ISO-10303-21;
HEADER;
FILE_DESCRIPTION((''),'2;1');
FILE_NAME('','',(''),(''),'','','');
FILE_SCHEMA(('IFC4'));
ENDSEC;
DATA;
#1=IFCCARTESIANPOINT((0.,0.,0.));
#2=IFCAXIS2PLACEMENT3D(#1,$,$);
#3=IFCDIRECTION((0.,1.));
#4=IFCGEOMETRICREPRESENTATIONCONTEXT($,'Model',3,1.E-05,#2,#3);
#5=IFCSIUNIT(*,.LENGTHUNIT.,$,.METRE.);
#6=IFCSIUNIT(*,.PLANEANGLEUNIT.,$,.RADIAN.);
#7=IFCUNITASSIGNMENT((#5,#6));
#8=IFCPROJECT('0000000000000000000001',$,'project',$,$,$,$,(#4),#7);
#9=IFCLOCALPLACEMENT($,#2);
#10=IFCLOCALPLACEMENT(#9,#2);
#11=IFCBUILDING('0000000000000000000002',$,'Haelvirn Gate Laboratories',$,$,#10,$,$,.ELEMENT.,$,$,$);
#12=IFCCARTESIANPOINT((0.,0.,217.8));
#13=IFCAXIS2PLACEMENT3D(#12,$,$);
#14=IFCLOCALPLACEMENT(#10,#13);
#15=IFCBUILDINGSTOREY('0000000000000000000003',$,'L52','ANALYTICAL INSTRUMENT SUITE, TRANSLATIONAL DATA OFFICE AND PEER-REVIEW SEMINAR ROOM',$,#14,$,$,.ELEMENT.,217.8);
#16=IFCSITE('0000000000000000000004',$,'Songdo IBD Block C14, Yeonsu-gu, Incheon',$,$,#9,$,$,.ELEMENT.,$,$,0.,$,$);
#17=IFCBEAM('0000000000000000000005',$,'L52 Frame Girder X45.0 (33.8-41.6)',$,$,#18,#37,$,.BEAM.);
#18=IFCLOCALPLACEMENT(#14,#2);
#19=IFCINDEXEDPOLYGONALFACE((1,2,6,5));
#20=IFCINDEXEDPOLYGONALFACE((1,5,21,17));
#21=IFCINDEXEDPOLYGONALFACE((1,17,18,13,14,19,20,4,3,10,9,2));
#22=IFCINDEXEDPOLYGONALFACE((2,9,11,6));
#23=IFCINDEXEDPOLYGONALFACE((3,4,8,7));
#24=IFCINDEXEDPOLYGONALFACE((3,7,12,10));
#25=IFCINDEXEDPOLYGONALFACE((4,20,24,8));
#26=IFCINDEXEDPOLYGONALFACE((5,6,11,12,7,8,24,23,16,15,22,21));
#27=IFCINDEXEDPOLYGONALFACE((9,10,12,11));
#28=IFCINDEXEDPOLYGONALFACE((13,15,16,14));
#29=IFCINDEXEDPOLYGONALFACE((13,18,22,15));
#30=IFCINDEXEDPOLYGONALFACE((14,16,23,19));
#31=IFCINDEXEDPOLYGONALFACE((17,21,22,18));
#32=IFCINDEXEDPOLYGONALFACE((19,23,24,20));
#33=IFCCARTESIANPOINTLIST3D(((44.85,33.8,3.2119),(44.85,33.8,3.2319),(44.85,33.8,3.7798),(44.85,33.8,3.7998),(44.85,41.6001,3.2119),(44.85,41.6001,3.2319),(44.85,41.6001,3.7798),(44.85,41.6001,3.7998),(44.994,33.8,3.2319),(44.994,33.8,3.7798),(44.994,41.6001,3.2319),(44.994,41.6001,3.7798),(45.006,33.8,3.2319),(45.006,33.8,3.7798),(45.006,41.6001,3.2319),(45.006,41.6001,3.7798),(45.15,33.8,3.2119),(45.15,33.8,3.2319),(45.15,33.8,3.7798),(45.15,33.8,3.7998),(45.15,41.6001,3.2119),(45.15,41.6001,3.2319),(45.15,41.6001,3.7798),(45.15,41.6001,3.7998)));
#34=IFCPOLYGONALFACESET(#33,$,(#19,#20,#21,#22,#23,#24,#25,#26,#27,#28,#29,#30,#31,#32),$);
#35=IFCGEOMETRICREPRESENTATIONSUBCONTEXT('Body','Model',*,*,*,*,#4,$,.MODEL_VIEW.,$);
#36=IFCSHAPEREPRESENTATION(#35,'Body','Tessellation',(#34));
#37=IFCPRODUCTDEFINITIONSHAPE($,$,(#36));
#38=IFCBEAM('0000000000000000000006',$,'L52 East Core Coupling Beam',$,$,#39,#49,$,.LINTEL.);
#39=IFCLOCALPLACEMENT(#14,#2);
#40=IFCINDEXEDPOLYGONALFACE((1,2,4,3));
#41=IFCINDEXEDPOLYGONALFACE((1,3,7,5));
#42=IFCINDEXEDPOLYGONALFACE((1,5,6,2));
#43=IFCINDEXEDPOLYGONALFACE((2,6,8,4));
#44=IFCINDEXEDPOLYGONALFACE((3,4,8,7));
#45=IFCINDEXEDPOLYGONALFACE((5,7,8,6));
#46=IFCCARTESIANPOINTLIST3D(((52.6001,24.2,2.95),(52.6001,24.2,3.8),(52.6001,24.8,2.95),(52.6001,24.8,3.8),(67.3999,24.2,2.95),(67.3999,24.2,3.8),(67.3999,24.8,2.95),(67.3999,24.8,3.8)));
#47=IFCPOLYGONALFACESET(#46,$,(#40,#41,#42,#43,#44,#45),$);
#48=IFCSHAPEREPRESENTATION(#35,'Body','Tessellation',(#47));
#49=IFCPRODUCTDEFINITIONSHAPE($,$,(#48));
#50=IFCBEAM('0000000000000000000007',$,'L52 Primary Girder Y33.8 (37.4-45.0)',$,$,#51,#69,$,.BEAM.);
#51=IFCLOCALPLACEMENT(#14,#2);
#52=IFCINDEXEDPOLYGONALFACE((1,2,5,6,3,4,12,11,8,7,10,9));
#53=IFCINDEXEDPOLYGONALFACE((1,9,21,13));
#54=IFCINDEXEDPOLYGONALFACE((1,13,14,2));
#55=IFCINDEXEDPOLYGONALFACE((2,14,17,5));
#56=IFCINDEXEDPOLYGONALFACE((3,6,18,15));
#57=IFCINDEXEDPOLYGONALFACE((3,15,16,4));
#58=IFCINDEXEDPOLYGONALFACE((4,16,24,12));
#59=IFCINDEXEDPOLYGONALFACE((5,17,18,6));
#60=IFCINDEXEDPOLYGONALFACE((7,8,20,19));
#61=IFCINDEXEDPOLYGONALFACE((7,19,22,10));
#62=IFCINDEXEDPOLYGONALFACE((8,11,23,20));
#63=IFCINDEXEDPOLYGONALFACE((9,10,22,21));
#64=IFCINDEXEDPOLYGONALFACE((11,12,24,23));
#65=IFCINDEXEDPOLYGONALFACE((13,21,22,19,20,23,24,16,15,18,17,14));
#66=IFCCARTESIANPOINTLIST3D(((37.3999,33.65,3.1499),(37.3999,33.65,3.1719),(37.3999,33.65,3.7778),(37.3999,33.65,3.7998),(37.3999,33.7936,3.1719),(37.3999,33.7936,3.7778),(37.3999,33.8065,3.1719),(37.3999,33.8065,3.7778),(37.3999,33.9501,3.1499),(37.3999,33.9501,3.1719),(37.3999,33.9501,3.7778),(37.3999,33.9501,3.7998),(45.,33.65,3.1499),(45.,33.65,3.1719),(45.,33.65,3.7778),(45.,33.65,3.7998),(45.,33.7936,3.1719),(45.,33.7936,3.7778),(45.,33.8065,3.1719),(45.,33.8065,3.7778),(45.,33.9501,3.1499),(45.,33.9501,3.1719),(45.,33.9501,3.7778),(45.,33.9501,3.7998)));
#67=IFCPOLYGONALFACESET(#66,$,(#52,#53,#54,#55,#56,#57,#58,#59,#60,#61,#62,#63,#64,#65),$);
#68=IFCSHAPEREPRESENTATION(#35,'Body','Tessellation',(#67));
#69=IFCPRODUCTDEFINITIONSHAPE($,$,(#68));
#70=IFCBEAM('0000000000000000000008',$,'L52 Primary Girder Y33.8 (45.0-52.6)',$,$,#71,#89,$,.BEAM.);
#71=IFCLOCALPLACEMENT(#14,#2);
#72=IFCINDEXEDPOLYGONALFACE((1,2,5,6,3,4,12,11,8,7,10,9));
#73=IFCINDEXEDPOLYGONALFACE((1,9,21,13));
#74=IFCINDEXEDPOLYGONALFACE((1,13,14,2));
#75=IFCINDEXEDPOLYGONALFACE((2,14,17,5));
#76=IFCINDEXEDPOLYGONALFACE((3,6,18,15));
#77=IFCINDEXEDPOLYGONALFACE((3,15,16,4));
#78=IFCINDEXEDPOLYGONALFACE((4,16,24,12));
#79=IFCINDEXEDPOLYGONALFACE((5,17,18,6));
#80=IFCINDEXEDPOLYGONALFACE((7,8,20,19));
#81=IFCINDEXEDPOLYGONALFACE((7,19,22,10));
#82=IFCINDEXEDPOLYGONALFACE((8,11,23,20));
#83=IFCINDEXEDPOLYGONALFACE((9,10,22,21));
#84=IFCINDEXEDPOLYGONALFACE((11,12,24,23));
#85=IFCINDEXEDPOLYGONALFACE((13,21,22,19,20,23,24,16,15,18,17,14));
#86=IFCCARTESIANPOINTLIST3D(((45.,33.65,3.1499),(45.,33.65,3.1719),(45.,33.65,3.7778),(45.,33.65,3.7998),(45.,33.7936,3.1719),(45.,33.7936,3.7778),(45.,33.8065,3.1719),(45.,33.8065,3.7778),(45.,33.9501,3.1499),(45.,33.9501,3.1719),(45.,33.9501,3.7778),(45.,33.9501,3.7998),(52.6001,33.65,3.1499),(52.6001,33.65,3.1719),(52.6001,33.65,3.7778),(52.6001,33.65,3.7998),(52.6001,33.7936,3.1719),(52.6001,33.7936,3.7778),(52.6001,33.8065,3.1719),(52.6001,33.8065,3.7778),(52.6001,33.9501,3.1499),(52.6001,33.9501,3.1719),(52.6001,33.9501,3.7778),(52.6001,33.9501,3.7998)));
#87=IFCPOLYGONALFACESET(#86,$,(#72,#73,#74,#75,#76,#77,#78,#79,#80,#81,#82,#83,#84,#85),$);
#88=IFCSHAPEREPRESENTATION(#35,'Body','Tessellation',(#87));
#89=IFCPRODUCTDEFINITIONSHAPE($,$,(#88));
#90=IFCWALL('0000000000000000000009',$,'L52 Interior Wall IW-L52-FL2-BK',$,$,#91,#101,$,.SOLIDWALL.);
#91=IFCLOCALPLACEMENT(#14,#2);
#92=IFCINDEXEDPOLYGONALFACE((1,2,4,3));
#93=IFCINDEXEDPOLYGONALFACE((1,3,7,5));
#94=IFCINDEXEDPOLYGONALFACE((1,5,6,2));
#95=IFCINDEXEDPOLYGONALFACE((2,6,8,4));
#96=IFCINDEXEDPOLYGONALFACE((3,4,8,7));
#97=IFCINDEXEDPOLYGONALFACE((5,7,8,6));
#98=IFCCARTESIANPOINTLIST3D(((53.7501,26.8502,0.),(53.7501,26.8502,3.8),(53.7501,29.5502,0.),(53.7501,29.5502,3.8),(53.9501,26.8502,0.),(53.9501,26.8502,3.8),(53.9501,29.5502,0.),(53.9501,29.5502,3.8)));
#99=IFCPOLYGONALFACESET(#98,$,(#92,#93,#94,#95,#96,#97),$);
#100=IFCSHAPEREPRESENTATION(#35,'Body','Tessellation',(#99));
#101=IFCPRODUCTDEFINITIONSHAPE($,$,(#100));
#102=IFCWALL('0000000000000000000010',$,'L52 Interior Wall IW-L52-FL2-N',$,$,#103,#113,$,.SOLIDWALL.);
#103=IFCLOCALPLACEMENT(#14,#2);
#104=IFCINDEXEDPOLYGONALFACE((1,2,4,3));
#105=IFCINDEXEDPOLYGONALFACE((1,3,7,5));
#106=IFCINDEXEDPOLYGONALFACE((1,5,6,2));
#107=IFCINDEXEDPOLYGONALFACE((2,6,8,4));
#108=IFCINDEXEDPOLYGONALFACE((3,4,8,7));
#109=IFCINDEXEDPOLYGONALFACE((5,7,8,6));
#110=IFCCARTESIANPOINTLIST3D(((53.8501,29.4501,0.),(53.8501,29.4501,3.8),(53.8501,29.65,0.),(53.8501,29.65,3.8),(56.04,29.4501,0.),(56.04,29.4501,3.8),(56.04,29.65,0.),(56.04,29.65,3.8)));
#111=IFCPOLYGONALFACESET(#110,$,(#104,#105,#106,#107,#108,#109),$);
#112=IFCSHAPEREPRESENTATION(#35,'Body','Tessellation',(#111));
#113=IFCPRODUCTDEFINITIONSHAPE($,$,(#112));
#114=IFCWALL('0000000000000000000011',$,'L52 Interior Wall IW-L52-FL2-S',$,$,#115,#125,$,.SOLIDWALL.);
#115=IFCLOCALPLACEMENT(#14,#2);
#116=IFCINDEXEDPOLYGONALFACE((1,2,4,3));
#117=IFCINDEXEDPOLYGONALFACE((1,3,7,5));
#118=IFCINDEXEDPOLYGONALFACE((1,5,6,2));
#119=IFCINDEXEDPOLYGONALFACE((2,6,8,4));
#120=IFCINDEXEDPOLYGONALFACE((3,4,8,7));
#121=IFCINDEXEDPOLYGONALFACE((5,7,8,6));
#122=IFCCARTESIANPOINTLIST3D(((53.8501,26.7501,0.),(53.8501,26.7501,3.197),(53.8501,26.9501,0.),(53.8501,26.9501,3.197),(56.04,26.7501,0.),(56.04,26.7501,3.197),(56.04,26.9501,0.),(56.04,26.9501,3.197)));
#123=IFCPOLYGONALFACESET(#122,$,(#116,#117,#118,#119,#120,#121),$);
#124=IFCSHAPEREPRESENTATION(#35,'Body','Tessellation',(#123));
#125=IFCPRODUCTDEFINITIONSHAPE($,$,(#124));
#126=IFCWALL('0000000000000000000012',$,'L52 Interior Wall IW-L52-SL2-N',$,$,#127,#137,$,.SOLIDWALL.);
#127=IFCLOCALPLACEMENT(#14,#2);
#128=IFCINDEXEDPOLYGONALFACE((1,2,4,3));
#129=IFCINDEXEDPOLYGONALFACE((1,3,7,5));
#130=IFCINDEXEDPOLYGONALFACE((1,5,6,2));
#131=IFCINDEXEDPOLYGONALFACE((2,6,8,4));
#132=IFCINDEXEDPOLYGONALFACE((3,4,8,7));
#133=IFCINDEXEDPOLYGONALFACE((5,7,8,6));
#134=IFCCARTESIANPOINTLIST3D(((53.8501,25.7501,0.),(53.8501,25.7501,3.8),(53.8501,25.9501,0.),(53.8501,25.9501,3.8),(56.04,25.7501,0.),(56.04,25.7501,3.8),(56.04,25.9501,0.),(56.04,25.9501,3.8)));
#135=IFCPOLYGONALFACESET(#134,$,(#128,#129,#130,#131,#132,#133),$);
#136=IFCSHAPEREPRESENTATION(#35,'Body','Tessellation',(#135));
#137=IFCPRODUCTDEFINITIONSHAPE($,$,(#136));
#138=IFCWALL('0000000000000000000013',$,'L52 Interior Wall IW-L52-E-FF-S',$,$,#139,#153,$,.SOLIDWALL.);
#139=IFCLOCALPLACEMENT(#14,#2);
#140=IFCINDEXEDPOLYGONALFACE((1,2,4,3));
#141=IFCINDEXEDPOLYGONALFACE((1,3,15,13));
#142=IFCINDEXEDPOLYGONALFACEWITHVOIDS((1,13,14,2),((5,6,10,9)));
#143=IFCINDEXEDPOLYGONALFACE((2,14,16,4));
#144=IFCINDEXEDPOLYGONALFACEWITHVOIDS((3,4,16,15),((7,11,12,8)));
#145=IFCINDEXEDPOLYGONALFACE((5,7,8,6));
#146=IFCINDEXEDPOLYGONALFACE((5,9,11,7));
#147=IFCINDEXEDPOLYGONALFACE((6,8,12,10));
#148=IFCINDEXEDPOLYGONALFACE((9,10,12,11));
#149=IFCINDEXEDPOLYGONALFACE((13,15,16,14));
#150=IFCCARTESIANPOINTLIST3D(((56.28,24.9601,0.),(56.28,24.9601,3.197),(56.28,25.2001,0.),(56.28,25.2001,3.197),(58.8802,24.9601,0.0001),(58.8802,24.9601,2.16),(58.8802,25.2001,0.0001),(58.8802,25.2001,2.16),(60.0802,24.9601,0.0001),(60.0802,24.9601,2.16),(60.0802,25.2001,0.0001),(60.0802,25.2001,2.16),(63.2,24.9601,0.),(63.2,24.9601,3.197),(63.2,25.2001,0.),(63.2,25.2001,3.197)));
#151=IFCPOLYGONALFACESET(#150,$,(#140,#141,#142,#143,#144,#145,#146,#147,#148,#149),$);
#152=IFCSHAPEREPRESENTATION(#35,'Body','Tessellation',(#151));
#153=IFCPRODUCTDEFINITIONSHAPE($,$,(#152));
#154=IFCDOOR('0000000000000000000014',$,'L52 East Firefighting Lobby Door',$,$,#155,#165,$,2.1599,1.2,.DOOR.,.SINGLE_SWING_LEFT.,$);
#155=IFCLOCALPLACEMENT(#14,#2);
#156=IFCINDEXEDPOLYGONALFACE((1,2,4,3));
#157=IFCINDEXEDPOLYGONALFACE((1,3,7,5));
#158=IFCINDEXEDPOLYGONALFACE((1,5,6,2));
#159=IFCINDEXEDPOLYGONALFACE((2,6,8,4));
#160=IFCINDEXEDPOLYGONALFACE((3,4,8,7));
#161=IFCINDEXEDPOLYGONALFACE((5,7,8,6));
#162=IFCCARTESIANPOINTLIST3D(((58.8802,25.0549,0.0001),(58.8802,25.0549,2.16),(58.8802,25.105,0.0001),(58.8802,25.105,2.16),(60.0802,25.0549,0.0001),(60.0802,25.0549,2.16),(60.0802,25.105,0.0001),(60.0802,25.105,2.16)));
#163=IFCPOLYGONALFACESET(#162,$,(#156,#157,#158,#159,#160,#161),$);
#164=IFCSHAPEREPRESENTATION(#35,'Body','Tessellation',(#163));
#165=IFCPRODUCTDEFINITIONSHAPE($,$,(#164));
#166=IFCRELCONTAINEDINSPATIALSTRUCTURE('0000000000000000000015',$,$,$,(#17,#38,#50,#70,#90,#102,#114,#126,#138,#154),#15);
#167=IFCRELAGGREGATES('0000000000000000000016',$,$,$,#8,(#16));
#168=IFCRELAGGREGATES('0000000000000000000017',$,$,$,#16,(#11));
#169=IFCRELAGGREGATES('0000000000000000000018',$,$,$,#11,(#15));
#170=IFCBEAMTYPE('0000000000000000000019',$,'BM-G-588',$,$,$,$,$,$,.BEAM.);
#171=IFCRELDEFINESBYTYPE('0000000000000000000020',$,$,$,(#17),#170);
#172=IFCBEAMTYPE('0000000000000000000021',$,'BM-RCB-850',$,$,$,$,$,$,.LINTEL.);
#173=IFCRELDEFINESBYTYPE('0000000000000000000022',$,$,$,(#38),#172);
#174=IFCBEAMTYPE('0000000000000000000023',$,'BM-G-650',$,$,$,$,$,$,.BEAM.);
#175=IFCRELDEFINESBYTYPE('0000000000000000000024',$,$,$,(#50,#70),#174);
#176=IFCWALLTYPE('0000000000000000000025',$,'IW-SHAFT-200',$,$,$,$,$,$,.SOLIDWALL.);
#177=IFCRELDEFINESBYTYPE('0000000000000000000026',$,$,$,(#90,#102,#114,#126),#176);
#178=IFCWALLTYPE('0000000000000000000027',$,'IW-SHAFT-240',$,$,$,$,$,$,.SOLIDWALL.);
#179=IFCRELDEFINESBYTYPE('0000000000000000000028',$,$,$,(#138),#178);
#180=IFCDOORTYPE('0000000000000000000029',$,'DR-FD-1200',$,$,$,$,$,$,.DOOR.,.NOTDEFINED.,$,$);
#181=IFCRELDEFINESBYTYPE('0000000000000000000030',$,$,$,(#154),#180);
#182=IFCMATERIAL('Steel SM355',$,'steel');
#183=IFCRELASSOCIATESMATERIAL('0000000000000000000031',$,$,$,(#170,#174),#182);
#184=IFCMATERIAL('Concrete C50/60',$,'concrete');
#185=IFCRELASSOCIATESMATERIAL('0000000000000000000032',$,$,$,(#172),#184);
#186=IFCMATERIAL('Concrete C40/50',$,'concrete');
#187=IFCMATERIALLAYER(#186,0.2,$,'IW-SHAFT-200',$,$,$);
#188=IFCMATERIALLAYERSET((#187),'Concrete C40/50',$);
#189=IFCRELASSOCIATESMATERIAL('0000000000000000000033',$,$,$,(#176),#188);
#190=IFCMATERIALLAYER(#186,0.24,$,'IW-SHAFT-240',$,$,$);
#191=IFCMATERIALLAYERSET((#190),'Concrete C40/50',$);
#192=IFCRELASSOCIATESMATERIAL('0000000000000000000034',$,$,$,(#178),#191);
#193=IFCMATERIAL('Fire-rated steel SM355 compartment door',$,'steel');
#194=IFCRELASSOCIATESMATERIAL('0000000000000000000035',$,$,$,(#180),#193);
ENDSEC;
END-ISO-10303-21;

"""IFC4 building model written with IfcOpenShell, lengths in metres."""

from ifc_helpers import new_model, si_unit, direction, frame, frame_2d, origin, origin_2d, place, context, subcontext, project, spatial, rectangle, i_section, extrude, source, transform, mapped, material, layer, layer_set, material_profile, profile_set, type_object, type_shapes, element, fill, save


model = new_model("IFC4")

# Units and contexts
model_context = context("Model", 3, precision=1e-05, world=origin(), true_north=direction((0.0, 1.0)))
body_context = subcontext(model_context, "Body", "Model", "MODEL_VIEW")
ifc_project = project(units=[si_unit("LENGTHUNIT", "METRE"), si_unit("PLANEANGLEUNIT", "RADIAN")], contexts=[model_context])

# Site, building, storey
site_placement = place(None, origin())
site = spatial("IfcSite", under=ifc_project, at=site_placement, Name="Songdo IBD Block C14, Yeonsu-gu, Incheon", CompositionType="ELEMENT", RefElevation=0.0)
building_placement = place(site_placement, origin())
building = spatial("IfcBuilding", under=site, at=building_placement, Name="Haelvirn Gate Laboratories", CompositionType="ELEMENT")
storey_placement = place(building_placement, frame((0.0, 0.0, 217.8)))
storey = spatial("IfcBuildingStorey", under=building, at=storey_placement, Name="L52", Description="ANALYTICAL INSTRUMENT SUITE, TRANSLATIONAL DATA OFFICE AND PEER-REVIEW SEMINAR ROOM", CompositionType="ELEMENT", Elevation=217.8)

# Shared definitions
ifc_material_1 = material(Name="Steel SM355", Category="steel")

# Beams
ifc_material_profile_1 = material_profile(ifc_material_1, i_section(OverallWidth=0.3, OverallDepth=0.5879, WebThickness=0.012, FlangeThickness=0.02, at=origin_2d()), Name="H-588x300x12x20")
ifc_profile_set_1 = profile_set([ifc_material_profile_1], Name="Steel SM355")
beam_type_1 = type_object("IfcBeamType", Name="BM-G-588", PredefinedType="BEAM", material=ifc_profile_set_1)
shared_shape_1 = source(origin(), body_context, "Body", "SweptSolid", [
    extrude(i_section(OverallWidth=0.3, OverallDepth=0.5879, WebThickness=0.012, FlangeThickness=0.02, at=origin_2d()), origin(), (0.0, 0.0, 1.0), 7.8),
])
for number, where, z_axis, x_axis, name in (
    (1, (45.0, 33.8, 3.5059), (0.0, 1.0, 0.0), (-1.0, 0.0, 0.0), "L52 Frame Girder X45.0 (33.8-41.6)"),
):
    element("IfcBeam", number, at=place(storey_placement, frame(where, z_axis=z_axis, x_axis=x_axis)), inside=storey, type_object=beam_type_1, Name=name, PredefinedType="BEAM", context=body_context, shape_type="MappedRepresentation", body=[
        mapped(shared_shape_1, transform((0.0, 0.0, 0.0), scale=1.0)),
    ])
ifc_material_2 = material(Name="Concrete C50/60", Category="concrete")
ifc_material_profile_2 = material_profile(ifc_material_2, rectangle(XDim=0.6001, YDim=0.8501, at=origin_2d()), Name="RCB-600x850")
ifc_profile_set_2 = profile_set([ifc_material_profile_2], Name="Concrete C50/60")
beam_type_2 = type_object("IfcBeamType", Name="BM-RCB-850", PredefinedType="LINTEL", material=ifc_profile_set_2)
shared_shape_2 = source(origin(), body_context, "Body", "SweptSolid", [
    extrude(rectangle(XDim=0.6001, YDim=0.8501, at=origin_2d()), origin(), (0.0, 0.0, 1.0), 14.7998),
])
type_shapes(beam_type_2, [shared_shape_2])
beam_1_placement = place(storey_placement, frame((52.6001, 24.5, 3.375), z_axis=(1.0, 0.0, 0.0), x_axis=(0.0, 1.0, 0.0)))
element("IfcBeam", 2, at=beam_1_placement, inside=storey, type_object=beam_type_2, Name="L52 East Core Coupling Beam", PredefinedType="LINTEL", context=body_context, shape_type="MappedRepresentation", body=[
    mapped(shared_shape_2, transform((0.0, 0.0, 0.0), scale=1.0)),
])
ifc_material_profile_3 = material_profile(ifc_material_1, i_section(OverallWidth=0.3, OverallDepth=0.6499, WebThickness=0.0129, FlangeThickness=0.022, at=origin_2d()), Name="H-650x300x13x22")
ifc_profile_set_3 = profile_set([ifc_material_profile_3], Name="Steel SM355")
beam_type_3 = type_object("IfcBeamType", Name="BM-G-650", PredefinedType="BEAM", material=ifc_profile_set_3)
shared_shape_3 = source(origin(), body_context, "Body", "SweptSolid", [
    extrude(i_section(OverallWidth=0.3, OverallDepth=0.6499, WebThickness=0.0129, FlangeThickness=0.022, at=origin_2d()), origin(), (0.0, 0.0, 1.0), 7.6001),
])
type_shapes(beam_type_3, [shared_shape_3])
for number, where, z_axis, x_axis, name in (
    (3, (37.3999, 33.8, 3.4749), (1.0, 0.0, 0.0), (0.0, 1.0, 0.0), "L52 Primary Girder Y33.8 (37.4-45.0)"),
    (4, (45.0, 33.8, 3.4749), (1.0, 0.0, 0.0), (0.0, 1.0, 0.0), "L52 Primary Girder Y33.8 (45.0-52.6)"),
):
    element("IfcBeam", number, at=place(storey_placement, frame(where, z_axis=z_axis, x_axis=x_axis)), inside=storey, type_object=beam_type_3, Name=name, PredefinedType="BEAM", context=body_context, shape_type="MappedRepresentation", body=[
        mapped(shared_shape_3, transform((0.0, 0.0, 0.0), scale=1.0)),
    ])

# Walls
ifc_material_3 = material(Name="Concrete C40/50", Category="concrete")
ifc_layer_1 = layer(ifc_material_3, 0.2, Name="IW-SHAFT-200")
ifc_layer_set_1 = layer_set([ifc_layer_1], Name="Concrete C40/50")
wall_type_1 = type_object("IfcWallType", Name="IW-SHAFT-200", PredefinedType="SOLIDWALL", material=ifc_layer_set_1)
wall_1_placement = place(storey_placement, frame((53.8501, 26.8501, 0.0), z_axis=(0.0, 0.0, 1.0), x_axis=(0.0, 1.0, 0.0)))
element("IfcWall", 5, at=wall_1_placement, inside=storey, type_object=wall_type_1, Name="L52 Interior Wall IW-L52-FL2-BK", PredefinedType="SOLIDWALL", context=body_context, shape_type="SweptSolid", body=[
    extrude(rectangle(XDim=2.7, YDim=0.2, at=frame_2d((1.3501, 0.0))), origin(), (0.0, 0.0, 1.0), 3.8),
])
wall_2_placement = place(storey_placement, frame((53.8501, 29.55, 0.0), z_axis=(0.0, 0.0, 1.0), x_axis=(1.0, 0.0, 0.0)))
element("IfcWall", 6, at=wall_2_placement, inside=storey, type_object=wall_type_1, Name="L52 Interior Wall IW-L52-FL2-N", PredefinedType="SOLIDWALL", context=body_context, shape_type="SweptSolid", body=[
    extrude(rectangle(XDim=2.1899, YDim=0.2, at=frame_2d((1.095, 0.0))), origin(), (0.0, 0.0, 1.0), 3.8),
])
wall_3_placement = place(storey_placement, frame((53.8501, 26.8501, 0.0), z_axis=(0.0, 0.0, 1.0), x_axis=(1.0, 0.0, 0.0)))
element("IfcWall", 7, at=wall_3_placement, inside=storey, type_object=wall_type_1, Name="L52 Interior Wall IW-L52-FL2-S", PredefinedType="SOLIDWALL", context=body_context, shape_type="SweptSolid", body=[
    extrude(rectangle(XDim=2.1899, YDim=0.2, at=frame_2d((1.095, 0.0))), origin(), (0.0, 0.0, 1.0), 3.197),
])
wall_4_placement = place(storey_placement, frame((53.8501, 25.8501, 0.0), z_axis=(0.0, 0.0, 1.0), x_axis=(1.0, 0.0, 0.0)))
element("IfcWall", 8, at=wall_4_placement, inside=storey, type_object=wall_type_1, Name="L52 Interior Wall IW-L52-SL2-N", PredefinedType="SOLIDWALL", context=body_context, shape_type="SweptSolid", body=[
    extrude(rectangle(XDim=2.1899, YDim=0.2, at=frame_2d((1.095, 0.0))), origin(), (0.0, 0.0, 1.0), 3.8),
])

# Wall, opening, door
ifc_layer_2 = layer(ifc_material_3, 0.24, Name="IW-SHAFT-240")
ifc_layer_set_2 = layer_set([ifc_layer_2], Name="Concrete C40/50")
wall_type_2 = type_object("IfcWallType", Name="IW-SHAFT-240", PredefinedType="SOLIDWALL", material=ifc_layer_set_2)
wall_5_placement = place(storey_placement, frame((56.28, 25.0801, 0.0), z_axis=(0.0, 0.0, 1.0), x_axis=(1.0, 0.0, 0.0)))
wall_5 = element("IfcWall", 9, at=wall_5_placement, inside=storey, type_object=wall_type_2, Name="L52 Interior Wall IW-L52-E-FF-S", PredefinedType="SOLIDWALL", context=body_context, shape_type="SweptSolid", body=[
    extrude(rectangle(XDim=6.9199, YDim=0.24, at=frame_2d((3.46, 0.0))), origin(), (0.0, 0.0, 1.0), 3.197),
])
opening_1_placement = place(wall_5_placement, frame((2.6001, 0.0, 0.0)))
opening_1 = element("IfcOpeningElement", 10, at=opening_1_placement, cuts=wall_5, PredefinedType="OPENING", context=body_context, shape_type="SweptSolid", body=[
    extrude(rectangle(XDim=1.2, YDim=2.1599, at=frame_2d((0.6001, 1.0801))), frame((0.0, 0.1299, 0.0), z_axis=(0.0, -1.0, 0.0), x_axis=(1.0, 0.0, 0.0)), (0.0, 0.0, 1.0), 0.26),
])
ifc_material_4 = material(Name="Fire-rated steel SM355 compartment door", Category="steel")
door_type_1 = type_object("IfcDoorType", Name="DR-FD-1200", OperationType="NOTDEFINED", PredefinedType="DOOR", material=ifc_material_4)
shared_shape_4 = source(origin(), body_context, "Body", "SweptSolid", [
    extrude(rectangle(XDim=1.2, YDim=2.1599, at=frame_2d((0.6001, 1.0801))), frame((0.0, 0.0249, 0.0), z_axis=(0.0, -1.0, 0.0), x_axis=(1.0, 0.0, 0.0)), (0.0, 0.0, 1.0), 0.05),
])
type_shapes(door_type_1, [shared_shape_4])
door_1_placement = place(opening_1_placement, origin())
door_1 = element("IfcDoor", 11, at=door_1_placement, inside=storey, type_object=door_type_1, Name="L52 East Firefighting Lobby Door", OperationType="SINGLE_SWING_LEFT", OverallHeight=2.1599, OverallWidth=1.2, PredefinedType="DOOR", context=body_context, shape_type="MappedRepresentation", body=[
    mapped(shared_shape_4, transform((0.0, 0.0, 0.0), scale=1.0)),
])
fill(opening_1, door_1)

save(model, "model.ifc")
